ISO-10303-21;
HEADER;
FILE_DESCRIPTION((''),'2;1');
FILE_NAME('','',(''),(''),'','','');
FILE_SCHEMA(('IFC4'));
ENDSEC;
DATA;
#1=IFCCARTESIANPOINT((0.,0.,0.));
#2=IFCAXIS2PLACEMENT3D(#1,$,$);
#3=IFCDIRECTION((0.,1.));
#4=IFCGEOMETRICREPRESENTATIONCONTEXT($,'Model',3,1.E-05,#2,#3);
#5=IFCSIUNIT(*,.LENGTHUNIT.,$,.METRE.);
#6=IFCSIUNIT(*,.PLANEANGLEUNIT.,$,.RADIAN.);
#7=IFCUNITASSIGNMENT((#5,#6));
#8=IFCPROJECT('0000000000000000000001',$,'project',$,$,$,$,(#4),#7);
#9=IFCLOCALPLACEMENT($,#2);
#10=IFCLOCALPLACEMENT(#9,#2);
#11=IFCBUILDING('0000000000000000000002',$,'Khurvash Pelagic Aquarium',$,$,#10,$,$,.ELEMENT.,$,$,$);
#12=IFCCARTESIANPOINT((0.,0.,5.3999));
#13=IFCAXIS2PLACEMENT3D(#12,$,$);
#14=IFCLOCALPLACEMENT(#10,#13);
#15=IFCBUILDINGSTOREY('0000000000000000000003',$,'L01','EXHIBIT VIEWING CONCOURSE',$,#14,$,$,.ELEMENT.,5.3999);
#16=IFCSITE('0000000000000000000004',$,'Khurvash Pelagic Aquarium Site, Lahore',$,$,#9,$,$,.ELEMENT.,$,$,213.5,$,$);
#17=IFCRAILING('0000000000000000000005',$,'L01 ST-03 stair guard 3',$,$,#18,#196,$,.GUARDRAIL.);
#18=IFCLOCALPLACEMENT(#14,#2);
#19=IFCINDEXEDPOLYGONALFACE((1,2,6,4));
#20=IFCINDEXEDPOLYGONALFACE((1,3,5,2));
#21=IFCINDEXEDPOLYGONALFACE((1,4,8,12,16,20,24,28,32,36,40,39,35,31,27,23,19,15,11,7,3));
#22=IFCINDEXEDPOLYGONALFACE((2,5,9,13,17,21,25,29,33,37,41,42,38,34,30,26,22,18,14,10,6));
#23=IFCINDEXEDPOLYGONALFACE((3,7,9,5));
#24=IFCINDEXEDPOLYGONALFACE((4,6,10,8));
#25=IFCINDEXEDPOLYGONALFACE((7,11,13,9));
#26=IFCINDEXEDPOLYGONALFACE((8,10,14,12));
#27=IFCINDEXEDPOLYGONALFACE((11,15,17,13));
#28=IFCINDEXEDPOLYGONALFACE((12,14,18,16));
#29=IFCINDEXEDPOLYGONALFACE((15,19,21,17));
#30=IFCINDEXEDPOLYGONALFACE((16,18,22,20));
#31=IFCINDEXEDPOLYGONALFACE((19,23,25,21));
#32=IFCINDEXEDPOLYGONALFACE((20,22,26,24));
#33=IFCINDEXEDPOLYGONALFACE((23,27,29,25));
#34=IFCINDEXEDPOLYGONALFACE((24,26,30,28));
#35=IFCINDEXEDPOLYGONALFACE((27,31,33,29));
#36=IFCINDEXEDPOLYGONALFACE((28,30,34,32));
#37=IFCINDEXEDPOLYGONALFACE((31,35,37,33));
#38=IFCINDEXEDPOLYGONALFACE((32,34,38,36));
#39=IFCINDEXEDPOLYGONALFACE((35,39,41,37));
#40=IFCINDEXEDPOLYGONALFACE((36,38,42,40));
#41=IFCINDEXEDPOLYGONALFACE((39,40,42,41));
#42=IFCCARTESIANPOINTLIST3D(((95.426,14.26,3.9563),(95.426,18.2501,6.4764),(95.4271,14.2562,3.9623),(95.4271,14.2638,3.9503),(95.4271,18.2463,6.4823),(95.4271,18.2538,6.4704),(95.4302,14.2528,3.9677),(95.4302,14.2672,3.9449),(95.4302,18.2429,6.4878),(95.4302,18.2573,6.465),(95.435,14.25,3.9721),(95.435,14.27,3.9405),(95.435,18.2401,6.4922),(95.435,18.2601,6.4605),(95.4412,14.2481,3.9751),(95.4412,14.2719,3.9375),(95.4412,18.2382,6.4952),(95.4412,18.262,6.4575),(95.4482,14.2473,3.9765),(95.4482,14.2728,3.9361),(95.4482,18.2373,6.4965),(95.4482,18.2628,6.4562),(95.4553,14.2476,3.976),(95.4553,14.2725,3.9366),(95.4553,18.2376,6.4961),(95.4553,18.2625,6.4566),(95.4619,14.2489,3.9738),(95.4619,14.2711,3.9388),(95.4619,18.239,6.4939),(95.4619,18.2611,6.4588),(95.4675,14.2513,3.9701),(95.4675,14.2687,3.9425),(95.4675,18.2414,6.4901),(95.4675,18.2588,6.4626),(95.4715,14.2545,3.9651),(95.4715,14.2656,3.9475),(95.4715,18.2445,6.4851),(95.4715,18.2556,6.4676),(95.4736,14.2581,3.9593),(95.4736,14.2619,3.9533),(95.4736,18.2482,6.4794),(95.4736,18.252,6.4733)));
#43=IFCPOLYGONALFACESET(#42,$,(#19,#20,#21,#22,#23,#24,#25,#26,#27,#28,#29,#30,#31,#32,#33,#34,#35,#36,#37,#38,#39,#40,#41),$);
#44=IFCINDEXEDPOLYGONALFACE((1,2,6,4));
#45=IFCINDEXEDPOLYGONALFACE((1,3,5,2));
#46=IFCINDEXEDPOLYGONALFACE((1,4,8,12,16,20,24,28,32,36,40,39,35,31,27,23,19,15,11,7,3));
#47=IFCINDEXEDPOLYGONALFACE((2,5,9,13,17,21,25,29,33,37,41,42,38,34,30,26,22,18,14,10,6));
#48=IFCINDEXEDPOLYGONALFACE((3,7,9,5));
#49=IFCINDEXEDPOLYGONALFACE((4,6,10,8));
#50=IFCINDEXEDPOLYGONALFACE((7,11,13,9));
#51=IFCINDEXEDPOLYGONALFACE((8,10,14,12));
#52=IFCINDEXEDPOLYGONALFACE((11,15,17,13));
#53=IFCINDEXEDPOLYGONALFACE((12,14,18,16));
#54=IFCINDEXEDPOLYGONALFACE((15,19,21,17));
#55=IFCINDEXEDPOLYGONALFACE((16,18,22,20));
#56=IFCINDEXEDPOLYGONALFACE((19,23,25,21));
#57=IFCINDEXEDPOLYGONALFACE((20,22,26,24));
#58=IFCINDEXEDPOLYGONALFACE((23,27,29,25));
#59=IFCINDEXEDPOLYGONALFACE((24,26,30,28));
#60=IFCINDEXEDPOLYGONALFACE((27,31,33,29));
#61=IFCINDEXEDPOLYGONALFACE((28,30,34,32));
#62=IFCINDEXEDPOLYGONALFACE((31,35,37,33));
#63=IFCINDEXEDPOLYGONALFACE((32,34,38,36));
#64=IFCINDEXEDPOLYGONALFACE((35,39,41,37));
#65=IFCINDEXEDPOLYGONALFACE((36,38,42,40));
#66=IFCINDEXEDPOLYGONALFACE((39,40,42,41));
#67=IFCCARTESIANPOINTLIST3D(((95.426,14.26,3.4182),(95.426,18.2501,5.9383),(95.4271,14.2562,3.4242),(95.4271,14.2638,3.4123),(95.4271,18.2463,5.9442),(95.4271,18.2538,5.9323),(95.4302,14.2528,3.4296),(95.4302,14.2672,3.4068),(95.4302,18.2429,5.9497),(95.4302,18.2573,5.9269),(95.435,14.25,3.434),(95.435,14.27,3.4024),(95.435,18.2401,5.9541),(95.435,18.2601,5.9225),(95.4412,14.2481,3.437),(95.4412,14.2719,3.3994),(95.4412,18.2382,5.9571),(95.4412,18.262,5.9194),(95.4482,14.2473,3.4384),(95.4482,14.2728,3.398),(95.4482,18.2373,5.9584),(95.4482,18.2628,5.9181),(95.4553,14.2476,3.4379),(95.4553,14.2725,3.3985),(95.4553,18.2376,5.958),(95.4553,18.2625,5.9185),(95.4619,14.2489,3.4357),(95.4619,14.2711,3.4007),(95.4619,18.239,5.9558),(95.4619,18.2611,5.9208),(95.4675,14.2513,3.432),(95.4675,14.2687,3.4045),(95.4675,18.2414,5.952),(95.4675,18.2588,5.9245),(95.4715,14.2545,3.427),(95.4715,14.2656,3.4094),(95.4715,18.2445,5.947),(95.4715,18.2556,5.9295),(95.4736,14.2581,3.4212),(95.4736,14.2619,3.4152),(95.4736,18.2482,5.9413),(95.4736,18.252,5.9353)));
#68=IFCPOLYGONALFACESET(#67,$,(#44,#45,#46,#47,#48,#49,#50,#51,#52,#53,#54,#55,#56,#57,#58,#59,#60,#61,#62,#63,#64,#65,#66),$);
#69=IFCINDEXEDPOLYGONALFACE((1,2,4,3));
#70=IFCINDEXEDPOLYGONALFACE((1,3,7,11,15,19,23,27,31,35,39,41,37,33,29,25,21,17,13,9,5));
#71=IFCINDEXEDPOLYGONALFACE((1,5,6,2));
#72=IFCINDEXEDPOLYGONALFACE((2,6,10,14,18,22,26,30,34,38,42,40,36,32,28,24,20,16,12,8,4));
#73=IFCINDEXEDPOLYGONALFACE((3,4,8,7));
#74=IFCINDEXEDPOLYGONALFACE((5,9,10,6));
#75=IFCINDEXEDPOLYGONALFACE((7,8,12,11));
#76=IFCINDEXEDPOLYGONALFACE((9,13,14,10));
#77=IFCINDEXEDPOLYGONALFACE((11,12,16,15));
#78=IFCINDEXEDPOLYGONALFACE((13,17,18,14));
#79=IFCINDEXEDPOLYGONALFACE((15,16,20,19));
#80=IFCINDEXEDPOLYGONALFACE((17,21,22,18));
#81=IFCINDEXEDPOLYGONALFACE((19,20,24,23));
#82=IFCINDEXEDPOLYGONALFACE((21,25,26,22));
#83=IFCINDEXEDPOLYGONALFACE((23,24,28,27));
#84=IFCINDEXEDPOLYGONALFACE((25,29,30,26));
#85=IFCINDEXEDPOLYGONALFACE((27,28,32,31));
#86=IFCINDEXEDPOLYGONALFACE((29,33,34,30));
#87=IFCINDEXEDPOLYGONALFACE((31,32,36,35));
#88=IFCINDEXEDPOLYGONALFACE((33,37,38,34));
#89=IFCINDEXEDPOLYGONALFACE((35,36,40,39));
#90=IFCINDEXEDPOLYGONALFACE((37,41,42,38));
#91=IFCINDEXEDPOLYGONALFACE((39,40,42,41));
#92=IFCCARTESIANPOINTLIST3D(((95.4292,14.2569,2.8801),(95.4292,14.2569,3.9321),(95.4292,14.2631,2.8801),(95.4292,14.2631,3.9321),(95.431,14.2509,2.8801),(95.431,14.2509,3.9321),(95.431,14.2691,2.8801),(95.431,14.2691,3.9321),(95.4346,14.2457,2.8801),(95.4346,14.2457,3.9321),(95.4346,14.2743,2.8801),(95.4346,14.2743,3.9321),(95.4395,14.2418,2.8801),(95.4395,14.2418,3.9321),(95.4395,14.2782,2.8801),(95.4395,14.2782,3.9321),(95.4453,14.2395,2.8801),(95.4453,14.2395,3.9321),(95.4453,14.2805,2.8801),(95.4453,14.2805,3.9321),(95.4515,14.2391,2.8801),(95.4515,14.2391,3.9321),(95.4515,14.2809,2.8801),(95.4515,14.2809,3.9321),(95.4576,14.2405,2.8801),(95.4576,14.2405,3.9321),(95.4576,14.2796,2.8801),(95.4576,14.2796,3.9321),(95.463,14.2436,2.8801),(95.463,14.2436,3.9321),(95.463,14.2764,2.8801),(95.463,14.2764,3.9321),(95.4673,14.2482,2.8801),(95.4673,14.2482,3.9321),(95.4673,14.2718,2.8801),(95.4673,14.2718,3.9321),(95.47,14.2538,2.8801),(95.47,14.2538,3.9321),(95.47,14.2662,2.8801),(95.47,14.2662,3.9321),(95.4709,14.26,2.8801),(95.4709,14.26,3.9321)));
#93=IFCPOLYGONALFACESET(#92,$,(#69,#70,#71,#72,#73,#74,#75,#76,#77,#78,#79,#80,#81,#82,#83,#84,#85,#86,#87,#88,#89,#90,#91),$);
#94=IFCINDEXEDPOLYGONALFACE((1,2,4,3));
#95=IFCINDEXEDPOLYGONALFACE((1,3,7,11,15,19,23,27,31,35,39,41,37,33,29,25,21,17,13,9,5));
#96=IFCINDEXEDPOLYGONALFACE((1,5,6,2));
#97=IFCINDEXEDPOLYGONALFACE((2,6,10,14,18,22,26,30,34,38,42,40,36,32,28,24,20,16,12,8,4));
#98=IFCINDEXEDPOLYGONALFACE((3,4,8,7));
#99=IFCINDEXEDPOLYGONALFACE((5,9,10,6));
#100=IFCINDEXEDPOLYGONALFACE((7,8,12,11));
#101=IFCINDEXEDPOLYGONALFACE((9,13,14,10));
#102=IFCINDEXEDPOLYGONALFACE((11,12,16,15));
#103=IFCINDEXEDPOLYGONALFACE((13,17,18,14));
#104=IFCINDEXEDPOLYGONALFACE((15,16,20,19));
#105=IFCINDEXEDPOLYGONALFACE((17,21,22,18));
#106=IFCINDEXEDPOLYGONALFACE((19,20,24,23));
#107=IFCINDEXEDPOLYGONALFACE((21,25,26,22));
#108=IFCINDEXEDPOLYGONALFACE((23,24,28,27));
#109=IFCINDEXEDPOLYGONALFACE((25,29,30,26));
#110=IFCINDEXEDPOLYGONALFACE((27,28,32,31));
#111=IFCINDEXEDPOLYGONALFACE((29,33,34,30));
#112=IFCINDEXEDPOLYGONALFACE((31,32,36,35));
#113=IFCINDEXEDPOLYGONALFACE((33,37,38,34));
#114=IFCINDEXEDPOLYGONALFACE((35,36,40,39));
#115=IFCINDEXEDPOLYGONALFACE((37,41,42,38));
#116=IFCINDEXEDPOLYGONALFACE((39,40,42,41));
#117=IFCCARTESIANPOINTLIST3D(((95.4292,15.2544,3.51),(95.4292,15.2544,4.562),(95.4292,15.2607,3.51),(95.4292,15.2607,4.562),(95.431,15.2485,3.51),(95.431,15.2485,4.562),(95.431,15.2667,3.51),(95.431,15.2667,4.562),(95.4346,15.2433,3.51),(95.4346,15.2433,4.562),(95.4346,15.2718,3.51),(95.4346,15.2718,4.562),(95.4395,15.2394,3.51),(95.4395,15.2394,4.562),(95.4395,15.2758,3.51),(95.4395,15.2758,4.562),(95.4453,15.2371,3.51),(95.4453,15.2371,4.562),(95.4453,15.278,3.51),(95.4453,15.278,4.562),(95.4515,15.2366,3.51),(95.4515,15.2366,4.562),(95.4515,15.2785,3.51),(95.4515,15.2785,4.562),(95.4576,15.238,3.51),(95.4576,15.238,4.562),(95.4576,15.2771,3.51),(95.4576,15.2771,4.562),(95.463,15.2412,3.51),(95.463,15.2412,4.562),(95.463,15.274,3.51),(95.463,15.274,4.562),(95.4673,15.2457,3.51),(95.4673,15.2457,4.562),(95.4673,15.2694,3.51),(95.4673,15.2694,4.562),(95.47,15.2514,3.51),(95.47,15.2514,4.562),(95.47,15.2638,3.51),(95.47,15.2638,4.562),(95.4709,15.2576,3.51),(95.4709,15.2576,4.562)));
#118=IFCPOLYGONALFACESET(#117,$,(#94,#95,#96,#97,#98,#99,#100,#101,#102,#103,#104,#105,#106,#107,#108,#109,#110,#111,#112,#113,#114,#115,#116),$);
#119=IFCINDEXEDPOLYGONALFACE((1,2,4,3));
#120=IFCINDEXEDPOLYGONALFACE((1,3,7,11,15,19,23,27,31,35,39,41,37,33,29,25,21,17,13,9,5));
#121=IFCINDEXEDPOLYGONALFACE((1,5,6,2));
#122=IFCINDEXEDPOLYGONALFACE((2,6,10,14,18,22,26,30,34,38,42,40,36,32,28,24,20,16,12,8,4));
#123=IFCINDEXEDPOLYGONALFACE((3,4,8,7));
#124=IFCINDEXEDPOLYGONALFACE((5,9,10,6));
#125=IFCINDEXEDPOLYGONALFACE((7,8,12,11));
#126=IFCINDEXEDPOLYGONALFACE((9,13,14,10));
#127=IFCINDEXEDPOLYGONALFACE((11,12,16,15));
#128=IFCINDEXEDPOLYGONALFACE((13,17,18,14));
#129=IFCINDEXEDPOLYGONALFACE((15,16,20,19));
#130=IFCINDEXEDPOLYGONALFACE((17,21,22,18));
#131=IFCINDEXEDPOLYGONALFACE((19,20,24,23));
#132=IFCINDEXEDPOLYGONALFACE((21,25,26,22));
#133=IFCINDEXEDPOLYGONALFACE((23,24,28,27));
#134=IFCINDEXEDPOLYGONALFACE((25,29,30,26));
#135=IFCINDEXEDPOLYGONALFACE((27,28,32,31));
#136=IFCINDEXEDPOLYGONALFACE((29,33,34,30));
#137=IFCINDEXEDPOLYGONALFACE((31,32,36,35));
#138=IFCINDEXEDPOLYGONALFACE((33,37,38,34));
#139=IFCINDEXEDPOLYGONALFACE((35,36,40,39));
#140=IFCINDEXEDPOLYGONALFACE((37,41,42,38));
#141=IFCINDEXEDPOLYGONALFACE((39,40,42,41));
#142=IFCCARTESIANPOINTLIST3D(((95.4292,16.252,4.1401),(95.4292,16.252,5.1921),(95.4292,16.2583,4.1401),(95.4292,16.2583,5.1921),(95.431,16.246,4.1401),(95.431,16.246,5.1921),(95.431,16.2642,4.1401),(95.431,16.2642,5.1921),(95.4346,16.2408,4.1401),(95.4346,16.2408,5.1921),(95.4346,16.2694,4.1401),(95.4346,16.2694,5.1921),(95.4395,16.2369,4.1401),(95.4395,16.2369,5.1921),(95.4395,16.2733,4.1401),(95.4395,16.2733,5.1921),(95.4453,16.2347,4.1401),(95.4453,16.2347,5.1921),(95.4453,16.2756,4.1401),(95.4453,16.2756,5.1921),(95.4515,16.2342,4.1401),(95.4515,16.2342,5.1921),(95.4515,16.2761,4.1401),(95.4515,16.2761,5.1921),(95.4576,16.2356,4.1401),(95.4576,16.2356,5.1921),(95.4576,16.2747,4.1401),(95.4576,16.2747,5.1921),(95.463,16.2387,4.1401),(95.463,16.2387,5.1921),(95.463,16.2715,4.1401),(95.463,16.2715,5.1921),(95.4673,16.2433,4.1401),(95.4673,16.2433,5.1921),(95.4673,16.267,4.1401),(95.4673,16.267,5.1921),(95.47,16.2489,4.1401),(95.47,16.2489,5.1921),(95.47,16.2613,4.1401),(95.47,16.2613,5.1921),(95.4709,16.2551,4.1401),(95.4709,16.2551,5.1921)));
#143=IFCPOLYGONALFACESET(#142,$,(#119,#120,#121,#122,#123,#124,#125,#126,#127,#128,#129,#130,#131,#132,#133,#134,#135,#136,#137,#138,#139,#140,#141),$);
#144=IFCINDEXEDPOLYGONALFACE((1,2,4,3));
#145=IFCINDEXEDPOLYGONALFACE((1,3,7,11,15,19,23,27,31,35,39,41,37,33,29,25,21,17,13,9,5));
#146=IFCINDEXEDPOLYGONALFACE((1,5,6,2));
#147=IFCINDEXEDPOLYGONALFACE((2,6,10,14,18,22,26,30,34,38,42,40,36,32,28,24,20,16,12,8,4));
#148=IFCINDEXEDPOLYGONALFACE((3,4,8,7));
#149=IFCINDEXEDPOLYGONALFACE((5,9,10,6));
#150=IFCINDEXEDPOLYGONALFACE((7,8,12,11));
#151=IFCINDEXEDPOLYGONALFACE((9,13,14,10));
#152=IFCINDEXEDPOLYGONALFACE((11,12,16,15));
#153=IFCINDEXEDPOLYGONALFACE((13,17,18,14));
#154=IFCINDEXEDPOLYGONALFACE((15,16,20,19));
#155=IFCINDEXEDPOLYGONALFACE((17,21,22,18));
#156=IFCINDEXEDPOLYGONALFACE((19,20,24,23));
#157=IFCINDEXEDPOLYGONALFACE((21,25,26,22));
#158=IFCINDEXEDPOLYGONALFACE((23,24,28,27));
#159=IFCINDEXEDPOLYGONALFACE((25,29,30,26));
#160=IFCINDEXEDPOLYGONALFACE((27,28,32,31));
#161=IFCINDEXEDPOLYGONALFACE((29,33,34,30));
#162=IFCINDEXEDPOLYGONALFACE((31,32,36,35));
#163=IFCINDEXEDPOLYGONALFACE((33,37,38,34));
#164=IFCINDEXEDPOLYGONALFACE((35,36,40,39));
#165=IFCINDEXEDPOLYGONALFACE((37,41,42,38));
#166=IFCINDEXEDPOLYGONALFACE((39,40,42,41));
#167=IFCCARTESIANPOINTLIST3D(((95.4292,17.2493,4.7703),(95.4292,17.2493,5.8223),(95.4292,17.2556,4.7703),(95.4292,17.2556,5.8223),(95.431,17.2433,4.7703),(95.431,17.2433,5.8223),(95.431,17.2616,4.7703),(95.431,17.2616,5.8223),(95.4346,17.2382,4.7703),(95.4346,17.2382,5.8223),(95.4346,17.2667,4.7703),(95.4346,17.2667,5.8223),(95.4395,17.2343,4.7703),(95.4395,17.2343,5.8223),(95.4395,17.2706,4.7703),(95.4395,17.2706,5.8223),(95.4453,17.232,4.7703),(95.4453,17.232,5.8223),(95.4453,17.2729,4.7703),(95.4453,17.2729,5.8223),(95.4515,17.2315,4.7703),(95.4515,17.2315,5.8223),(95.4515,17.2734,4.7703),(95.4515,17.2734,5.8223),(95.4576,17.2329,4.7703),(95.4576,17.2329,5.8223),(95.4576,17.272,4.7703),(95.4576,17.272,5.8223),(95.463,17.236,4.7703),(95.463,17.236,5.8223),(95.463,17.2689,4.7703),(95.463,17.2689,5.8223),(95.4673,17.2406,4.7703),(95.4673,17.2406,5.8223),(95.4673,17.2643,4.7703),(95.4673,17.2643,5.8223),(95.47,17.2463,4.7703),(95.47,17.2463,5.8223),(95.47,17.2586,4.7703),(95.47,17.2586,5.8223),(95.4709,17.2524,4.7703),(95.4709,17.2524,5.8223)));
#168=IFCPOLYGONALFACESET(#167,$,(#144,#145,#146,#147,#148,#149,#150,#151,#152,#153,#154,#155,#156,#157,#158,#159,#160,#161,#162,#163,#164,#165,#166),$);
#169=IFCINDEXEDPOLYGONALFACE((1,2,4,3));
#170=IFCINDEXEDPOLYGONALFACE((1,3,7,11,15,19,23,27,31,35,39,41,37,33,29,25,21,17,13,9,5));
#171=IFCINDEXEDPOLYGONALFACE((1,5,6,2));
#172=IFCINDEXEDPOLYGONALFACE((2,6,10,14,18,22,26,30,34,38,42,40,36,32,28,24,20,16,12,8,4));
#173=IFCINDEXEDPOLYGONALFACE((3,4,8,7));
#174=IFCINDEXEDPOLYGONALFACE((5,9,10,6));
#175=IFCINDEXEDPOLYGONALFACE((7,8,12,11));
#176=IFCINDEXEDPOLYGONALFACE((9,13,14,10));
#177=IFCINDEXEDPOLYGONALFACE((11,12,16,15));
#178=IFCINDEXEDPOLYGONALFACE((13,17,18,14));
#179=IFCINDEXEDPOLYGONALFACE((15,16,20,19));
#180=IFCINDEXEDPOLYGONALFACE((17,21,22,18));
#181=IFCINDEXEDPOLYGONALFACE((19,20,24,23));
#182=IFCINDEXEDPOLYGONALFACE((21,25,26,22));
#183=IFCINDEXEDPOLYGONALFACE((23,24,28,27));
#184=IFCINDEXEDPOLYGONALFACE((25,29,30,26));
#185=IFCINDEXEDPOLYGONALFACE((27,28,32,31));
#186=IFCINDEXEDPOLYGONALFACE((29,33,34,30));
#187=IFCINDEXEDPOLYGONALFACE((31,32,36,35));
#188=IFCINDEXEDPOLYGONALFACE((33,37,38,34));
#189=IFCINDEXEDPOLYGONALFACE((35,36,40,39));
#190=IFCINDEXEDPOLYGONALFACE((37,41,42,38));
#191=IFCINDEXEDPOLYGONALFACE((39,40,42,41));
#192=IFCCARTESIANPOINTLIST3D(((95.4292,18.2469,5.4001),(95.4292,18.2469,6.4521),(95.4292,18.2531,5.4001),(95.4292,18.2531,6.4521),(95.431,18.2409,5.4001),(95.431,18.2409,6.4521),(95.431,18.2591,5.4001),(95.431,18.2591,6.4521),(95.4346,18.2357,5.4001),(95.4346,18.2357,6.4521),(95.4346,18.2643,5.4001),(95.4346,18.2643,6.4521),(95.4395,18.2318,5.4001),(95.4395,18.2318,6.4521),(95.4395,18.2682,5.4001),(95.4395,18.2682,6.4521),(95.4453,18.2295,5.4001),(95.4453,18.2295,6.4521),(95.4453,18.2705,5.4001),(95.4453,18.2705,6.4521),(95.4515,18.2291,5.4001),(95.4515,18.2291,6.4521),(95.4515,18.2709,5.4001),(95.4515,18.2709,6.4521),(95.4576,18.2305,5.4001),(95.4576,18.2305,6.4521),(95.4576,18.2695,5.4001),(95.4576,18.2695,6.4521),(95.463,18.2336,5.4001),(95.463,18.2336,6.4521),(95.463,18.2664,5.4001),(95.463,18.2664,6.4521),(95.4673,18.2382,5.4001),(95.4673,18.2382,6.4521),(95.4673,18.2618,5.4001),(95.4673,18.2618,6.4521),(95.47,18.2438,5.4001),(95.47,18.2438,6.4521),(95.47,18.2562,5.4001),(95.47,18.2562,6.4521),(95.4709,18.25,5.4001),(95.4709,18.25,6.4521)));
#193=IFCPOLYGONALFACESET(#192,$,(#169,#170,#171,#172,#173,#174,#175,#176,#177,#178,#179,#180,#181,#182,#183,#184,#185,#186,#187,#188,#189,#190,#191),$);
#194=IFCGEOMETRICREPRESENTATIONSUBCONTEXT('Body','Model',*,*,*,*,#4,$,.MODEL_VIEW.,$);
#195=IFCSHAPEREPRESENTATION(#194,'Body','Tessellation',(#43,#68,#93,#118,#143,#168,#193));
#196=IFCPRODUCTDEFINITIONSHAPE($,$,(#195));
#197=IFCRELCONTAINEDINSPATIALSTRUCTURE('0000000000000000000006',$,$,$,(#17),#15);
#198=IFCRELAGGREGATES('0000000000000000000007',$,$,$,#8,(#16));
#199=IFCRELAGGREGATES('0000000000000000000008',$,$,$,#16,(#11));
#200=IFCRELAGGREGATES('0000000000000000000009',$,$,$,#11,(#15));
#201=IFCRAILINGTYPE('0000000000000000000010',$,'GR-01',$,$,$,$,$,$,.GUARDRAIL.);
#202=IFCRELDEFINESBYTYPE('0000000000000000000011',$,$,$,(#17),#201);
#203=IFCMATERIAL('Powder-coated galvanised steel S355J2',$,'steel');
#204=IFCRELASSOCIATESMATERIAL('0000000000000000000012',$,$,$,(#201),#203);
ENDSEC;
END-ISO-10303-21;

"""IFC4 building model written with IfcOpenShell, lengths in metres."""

from ifc_helpers import new_model, si_unit, direction, frame, origin, origin_2d, place, context, subcontext, project, spatial, circle, extrude, material, type_object, element, save


model = new_model("IFC4")

# Units and contexts
model_context = context("Model", 3, precision=1e-05, world=origin(), true_north=direction((0.0, 1.0)))
body_context = subcontext(model_context, "Body", "Model", "MODEL_VIEW")
ifc_project = project(units=[si_unit("LENGTHUNIT", "METRE"), si_unit("PLANEANGLEUNIT", "RADIAN")], contexts=[model_context])

# Site, building, storey
site_placement = place(None, origin())
site = spatial("IfcSite", under=ifc_project, at=site_placement, Name="Khurvash Pelagic Aquarium Site, Lahore", CompositionType="ELEMENT", RefElevation=213.5)
building_placement = place(site_placement, origin())
building = spatial("IfcBuilding", under=site, at=building_placement, Name="Khurvash Pelagic Aquarium", CompositionType="ELEMENT")
storey_placement = place(building_placement, frame((0.0, 0.0, 5.3999)))
storey = spatial("IfcBuildingStorey", under=building, at=storey_placement, Name="L01", Description="EXHIBIT VIEWING CONCOURSE", CompositionType="ELEMENT", Elevation=5.3999)

# Railing
ifc_material_1 = material(Name="Powder-coated galvanised steel S355J2", Category="steel")
railing_type_1 = type_object("IfcRailingType", Name="GR-01", PredefinedType="GUARDRAIL", material=ifc_material_1)
railing_1_placement = place(storey_placement, frame((95.45, 14.26, 2.8801)))
element("IfcRailing", 1, at=railing_1_placement, inside=storey, type_object=railing_type_1, Name="L01 ST-03 stair guard 3", PredefinedType="GUARDRAIL", context=body_context, shape_type="SweptSolid", body=[
    extrude(circle(Radius=0.0239, at=origin_2d()), frame((0.0, 0.0, 1.0762), z_axis=(0.0, 0.845486, 0.533997), x_axis=(-1.0, 0.0, 0.0)), (0.0, 0.0, 1.0), 4.7192),
    extrude(circle(Radius=0.0239, at=origin_2d()), frame((0.0, 0.0, 0.5381), z_axis=(0.0, 0.845486, 0.533997), x_axis=(-1.0, 0.0, 0.0)), (0.0, 0.0, 1.0), 4.7192),
    extrude(circle(Radius=0.021, at=origin_2d()), origin(), (0.0, 0.0, 1.0), 1.052),
    extrude(circle(Radius=0.021, at=origin_2d()), frame((0.0, 0.9976, 0.6299)), (0.0, 0.0, 1.0), 1.052),
    extrude(circle(Radius=0.021, at=origin_2d()), frame((0.0, 1.9951, 1.26)), (0.0, 0.0, 1.0), 1.052),
    extrude(circle(Radius=0.021, at=origin_2d()), frame((0.0, 2.9924, 1.8901)), (0.0, 0.0, 1.0), 1.052),
    extrude(circle(Radius=0.021, at=origin_2d()), frame((0.0, 3.99, 2.52)), (0.0, 0.0, 1.0), 1.052),
])

save(model, "model.ifc")
